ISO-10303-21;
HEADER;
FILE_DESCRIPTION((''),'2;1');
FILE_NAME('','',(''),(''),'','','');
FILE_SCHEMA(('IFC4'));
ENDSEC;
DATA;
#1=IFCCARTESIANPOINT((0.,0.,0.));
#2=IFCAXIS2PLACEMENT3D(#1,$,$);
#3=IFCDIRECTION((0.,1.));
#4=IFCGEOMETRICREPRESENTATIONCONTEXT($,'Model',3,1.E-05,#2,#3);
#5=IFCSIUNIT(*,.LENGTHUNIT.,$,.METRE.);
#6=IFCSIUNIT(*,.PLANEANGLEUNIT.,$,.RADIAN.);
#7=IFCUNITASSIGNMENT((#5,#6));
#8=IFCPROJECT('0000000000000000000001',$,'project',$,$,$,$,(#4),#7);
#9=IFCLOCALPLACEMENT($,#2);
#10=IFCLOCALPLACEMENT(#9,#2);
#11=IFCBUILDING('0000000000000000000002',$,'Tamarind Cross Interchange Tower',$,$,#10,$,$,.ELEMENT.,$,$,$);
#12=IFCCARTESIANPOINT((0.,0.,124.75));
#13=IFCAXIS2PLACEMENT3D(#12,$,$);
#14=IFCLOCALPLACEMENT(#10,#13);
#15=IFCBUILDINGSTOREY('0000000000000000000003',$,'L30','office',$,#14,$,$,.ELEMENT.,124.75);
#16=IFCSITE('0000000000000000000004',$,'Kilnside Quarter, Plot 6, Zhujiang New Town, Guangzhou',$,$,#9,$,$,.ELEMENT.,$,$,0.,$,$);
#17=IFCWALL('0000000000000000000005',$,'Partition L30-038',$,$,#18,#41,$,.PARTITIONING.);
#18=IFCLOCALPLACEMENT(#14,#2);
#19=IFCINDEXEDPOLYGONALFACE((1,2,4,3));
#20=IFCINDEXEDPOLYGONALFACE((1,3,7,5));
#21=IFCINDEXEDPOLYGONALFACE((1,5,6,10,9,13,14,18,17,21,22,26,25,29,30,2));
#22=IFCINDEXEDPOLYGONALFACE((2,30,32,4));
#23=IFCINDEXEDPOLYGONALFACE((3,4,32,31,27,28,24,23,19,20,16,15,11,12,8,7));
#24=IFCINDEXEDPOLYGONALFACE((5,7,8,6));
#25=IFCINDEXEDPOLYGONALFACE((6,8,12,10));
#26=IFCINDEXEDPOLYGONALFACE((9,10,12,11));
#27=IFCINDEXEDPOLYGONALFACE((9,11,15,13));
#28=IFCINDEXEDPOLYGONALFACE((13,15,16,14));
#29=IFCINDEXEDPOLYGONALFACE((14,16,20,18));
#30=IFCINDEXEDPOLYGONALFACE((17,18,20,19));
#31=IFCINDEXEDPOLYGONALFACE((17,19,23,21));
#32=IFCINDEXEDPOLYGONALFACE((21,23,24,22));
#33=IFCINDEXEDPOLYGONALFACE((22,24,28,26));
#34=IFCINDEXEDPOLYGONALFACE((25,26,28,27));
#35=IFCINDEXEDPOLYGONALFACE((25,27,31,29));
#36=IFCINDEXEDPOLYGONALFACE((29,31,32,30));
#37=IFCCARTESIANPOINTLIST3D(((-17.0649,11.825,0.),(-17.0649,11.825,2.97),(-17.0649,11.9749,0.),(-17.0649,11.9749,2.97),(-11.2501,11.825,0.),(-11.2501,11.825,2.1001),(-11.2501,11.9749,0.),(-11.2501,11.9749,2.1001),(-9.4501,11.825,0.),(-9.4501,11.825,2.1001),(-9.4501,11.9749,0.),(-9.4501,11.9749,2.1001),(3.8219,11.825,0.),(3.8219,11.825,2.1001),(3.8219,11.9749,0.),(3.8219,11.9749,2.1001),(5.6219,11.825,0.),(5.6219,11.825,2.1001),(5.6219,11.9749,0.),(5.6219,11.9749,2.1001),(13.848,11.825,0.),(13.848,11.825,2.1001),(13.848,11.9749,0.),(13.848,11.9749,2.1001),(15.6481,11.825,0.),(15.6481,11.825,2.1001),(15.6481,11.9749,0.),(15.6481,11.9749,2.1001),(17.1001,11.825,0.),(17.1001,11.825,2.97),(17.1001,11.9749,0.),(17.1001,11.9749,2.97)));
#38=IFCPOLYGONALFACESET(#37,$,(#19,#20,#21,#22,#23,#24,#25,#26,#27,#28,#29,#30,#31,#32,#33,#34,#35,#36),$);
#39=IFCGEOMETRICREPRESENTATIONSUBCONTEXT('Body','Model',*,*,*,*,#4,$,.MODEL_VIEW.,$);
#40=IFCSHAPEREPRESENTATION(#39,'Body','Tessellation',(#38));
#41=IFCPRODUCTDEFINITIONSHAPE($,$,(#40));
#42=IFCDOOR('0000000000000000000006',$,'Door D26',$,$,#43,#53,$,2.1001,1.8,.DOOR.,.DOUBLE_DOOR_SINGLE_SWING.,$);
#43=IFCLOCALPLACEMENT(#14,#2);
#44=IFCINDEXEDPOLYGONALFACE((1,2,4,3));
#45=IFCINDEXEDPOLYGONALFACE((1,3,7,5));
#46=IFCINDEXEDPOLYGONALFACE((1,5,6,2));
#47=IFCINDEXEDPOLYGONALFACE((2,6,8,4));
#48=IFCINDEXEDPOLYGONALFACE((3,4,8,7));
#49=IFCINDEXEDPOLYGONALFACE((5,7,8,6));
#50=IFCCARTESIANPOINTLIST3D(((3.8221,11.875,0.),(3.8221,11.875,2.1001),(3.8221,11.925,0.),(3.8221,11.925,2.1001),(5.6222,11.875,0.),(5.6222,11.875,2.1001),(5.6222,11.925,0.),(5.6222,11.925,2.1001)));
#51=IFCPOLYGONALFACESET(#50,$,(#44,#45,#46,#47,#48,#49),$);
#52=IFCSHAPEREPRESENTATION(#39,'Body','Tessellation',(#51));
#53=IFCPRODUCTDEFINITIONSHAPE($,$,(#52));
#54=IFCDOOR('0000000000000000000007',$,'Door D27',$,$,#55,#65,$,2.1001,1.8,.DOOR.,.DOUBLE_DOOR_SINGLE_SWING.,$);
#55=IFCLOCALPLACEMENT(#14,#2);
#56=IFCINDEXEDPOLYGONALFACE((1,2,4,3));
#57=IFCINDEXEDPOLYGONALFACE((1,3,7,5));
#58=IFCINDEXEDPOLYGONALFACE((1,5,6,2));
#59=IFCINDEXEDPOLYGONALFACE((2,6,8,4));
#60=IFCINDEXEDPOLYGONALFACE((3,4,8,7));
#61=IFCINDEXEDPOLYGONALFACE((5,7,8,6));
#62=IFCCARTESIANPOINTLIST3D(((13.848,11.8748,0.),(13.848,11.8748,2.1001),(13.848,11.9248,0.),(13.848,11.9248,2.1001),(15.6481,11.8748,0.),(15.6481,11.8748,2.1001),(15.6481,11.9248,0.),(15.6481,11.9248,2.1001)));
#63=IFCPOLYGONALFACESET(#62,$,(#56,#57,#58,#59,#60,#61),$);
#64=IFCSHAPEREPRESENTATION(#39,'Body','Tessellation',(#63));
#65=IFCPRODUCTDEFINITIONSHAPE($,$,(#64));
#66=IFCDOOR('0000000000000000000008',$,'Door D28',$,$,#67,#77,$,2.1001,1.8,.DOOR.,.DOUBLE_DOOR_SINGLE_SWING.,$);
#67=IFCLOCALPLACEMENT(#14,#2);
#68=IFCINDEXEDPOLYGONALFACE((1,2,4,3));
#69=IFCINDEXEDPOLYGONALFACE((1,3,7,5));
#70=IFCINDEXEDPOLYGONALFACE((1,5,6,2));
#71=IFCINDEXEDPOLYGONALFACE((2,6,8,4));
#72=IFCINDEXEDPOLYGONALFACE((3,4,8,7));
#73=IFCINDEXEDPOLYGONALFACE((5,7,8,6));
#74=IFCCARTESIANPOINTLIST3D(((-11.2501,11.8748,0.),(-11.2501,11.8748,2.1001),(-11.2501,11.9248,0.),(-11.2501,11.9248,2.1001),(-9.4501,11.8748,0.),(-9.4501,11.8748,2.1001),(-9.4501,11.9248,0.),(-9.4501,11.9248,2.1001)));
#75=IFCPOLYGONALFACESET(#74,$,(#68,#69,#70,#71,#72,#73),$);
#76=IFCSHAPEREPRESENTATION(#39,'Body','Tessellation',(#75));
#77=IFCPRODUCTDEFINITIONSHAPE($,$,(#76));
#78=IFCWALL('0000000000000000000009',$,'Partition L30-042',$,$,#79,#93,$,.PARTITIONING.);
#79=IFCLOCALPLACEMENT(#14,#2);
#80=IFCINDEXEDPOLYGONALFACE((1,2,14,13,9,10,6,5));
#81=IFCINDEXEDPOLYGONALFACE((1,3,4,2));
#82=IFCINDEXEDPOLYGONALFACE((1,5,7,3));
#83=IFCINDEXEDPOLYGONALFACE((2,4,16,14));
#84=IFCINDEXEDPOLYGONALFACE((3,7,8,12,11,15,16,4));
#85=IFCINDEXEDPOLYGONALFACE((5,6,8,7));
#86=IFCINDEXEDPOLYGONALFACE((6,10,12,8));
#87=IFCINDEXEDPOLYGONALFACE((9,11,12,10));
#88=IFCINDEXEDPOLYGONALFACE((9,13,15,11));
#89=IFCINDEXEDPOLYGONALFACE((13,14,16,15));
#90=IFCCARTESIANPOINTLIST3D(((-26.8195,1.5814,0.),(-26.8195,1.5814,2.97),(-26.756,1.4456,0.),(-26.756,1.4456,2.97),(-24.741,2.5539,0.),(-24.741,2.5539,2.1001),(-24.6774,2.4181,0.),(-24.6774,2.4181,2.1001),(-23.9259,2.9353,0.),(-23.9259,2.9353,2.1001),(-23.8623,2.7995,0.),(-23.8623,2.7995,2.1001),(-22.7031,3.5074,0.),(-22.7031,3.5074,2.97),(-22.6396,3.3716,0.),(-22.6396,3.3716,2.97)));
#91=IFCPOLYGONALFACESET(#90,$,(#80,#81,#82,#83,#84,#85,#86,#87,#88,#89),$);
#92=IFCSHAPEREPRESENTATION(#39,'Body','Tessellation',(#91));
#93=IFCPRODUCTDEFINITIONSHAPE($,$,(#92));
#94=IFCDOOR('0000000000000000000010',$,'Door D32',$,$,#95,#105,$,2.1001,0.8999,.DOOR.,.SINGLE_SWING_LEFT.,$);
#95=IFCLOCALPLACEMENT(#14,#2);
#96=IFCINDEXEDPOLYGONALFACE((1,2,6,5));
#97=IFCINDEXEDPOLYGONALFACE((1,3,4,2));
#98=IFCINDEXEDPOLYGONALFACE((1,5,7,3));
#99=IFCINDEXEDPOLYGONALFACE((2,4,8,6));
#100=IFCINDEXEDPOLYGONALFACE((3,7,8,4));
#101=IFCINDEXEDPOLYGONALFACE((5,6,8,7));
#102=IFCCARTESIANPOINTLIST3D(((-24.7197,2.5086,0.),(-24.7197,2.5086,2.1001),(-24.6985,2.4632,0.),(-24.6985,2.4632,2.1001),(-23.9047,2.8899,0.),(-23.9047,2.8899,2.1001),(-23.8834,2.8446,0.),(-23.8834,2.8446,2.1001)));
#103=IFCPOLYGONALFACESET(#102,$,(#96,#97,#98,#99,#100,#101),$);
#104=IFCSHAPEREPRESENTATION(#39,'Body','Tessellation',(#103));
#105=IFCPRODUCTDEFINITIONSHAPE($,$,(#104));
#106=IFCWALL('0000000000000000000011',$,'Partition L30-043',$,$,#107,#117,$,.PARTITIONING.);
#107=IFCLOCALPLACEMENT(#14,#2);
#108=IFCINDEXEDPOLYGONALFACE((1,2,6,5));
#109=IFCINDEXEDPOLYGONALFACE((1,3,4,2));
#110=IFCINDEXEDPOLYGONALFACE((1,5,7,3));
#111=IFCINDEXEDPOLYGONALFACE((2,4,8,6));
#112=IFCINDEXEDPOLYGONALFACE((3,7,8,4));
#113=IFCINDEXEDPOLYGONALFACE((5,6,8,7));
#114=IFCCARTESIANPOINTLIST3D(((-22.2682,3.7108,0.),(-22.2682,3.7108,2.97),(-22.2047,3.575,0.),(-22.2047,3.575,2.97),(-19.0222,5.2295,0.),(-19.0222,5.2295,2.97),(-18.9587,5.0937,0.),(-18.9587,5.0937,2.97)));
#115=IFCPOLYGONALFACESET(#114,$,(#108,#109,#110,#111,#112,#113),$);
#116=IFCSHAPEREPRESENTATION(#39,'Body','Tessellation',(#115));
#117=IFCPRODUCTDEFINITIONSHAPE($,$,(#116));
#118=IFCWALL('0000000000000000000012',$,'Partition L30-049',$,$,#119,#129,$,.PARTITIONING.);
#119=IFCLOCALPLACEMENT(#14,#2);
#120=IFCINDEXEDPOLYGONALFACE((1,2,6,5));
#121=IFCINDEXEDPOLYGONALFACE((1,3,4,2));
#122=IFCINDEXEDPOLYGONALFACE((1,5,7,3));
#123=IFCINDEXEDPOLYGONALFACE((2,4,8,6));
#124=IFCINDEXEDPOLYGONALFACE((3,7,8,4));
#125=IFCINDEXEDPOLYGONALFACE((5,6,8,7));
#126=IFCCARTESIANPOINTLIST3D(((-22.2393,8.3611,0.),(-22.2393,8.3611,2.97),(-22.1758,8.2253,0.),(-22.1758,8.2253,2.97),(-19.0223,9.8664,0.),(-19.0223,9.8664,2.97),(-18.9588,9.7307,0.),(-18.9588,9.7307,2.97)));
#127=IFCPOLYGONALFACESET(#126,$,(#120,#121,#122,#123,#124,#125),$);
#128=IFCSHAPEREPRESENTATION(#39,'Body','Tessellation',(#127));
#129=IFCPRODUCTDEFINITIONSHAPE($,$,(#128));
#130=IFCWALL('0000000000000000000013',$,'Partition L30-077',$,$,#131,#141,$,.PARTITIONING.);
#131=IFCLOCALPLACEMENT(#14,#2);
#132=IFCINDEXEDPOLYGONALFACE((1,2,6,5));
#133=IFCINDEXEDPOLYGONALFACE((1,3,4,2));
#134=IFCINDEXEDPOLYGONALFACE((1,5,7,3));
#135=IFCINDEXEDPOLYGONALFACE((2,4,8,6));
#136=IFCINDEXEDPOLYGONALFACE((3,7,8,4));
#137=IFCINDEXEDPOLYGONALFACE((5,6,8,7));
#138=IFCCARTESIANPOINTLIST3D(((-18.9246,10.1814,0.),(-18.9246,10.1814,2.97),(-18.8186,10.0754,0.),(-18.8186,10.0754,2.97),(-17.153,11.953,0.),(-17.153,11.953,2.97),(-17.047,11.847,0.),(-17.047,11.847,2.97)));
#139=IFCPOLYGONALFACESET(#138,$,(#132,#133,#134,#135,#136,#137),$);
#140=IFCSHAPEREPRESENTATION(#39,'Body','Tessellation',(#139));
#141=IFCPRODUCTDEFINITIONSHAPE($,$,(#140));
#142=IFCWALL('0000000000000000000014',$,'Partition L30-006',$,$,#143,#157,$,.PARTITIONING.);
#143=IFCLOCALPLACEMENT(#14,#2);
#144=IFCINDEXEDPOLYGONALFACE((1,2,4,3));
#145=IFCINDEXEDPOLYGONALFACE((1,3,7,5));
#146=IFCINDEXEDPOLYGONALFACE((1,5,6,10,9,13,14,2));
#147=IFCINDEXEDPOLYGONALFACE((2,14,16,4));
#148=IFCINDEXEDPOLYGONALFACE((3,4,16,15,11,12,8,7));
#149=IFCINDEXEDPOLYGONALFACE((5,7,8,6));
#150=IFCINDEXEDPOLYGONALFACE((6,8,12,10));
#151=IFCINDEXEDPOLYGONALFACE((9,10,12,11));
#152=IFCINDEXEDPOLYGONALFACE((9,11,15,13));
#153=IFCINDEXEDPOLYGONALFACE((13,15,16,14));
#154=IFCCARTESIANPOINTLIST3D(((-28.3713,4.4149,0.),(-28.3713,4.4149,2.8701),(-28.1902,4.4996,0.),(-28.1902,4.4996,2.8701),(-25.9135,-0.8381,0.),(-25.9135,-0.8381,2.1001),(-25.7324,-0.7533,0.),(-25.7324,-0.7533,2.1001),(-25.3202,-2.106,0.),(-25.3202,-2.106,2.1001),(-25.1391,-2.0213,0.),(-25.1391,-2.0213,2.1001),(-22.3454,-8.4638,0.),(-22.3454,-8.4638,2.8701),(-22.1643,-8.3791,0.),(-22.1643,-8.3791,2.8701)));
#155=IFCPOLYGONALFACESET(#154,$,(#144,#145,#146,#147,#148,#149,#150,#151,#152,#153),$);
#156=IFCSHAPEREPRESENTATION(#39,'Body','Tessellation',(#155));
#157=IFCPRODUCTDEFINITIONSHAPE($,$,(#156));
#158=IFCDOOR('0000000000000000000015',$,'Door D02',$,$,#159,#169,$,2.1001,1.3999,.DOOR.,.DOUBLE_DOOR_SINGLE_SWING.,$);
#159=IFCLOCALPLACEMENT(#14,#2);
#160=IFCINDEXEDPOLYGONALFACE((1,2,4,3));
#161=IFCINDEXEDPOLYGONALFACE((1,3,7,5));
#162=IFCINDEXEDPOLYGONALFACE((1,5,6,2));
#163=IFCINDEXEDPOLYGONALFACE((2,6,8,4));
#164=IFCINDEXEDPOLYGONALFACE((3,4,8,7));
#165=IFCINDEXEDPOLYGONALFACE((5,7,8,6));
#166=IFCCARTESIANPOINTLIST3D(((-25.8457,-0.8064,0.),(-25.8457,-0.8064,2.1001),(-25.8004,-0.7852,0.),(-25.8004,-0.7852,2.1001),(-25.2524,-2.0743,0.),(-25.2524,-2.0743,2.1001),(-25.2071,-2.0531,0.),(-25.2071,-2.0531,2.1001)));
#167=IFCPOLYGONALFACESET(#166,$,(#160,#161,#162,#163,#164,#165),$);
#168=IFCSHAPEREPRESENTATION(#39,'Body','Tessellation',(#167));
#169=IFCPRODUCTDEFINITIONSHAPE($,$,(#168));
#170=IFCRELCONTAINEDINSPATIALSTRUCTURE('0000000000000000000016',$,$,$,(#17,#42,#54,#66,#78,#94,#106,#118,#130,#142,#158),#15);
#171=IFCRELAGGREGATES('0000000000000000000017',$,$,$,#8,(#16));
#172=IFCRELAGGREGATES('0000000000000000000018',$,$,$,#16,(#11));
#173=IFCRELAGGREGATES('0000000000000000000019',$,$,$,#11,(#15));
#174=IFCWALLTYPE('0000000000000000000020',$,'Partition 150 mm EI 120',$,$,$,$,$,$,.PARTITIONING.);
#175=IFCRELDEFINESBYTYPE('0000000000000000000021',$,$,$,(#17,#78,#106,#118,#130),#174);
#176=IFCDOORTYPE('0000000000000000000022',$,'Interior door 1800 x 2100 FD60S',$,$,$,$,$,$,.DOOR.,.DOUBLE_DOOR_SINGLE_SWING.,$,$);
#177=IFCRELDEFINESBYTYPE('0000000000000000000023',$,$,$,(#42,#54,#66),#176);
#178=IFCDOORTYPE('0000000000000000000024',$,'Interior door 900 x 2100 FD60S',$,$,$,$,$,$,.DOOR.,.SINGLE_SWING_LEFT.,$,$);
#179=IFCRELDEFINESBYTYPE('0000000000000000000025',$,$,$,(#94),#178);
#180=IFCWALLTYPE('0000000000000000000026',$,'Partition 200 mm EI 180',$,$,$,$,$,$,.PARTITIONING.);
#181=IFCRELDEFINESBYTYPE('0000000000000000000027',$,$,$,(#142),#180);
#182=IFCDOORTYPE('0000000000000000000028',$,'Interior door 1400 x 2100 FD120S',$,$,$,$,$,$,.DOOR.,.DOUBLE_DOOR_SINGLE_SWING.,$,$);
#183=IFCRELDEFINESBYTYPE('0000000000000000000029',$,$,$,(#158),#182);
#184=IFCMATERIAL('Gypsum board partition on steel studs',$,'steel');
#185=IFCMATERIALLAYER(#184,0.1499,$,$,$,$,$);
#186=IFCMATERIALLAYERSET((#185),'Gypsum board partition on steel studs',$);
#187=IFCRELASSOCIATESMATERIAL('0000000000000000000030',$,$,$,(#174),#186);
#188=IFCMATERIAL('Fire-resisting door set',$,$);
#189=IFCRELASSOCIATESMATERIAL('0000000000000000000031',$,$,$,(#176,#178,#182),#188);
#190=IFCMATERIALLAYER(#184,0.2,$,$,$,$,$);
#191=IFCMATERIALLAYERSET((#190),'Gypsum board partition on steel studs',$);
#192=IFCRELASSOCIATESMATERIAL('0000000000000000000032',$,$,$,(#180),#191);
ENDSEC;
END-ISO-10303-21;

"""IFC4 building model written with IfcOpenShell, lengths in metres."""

from ifc_helpers import new_model, si_unit, direction, frame, frame_2d, origin, place, context, subcontext, project, spatial, rectangle, extrude, material, layer, layer_set, type_object, element, fill, save


model = new_model("IFC4")

# Units and contexts
model_context = context("Model", 3, precision=1e-05, world=origin(), true_north=direction((0.0, 1.0)))
body_context = subcontext(model_context, "Body", "Model", "MODEL_VIEW")
ifc_project = project(units=[si_unit("LENGTHUNIT", "METRE"), si_unit("PLANEANGLEUNIT", "RADIAN")], contexts=[model_context])

# Site, building, storey
site_placement = place(None, origin())
site = spatial("IfcSite", under=ifc_project, at=site_placement, Name="Kilnside Quarter, Plot 6, Zhujiang New Town, Guangzhou", CompositionType="ELEMENT", RefElevation=0.0)
building_placement = place(site_placement, origin())
building = spatial("IfcBuilding", under=site, at=building_placement, Name="Tamarind Cross Interchange Tower", CompositionType="ELEMENT")
storey_placement = place(building_placement, frame((0.0, 0.0, 124.75)))
storey = spatial("IfcBuildingStorey", under=building, at=storey_placement, Name="L30", Description="office", CompositionType="ELEMENT", Elevation=124.75)

# Wall, openings, doors
ifc_material_1 = material(Name="Gypsum board partition on steel studs", Category="steel")
ifc_layer_1 = layer(ifc_material_1, 0.1499)
ifc_layer_set_1 = layer_set([ifc_layer_1], Name="Gypsum board partition on steel studs")
wall_type_1 = type_object("IfcWallType", Name="Partition 150 mm EI 120", PredefinedType="PARTITIONING", material=ifc_layer_set_1)
wall_1_placement = place(storey_placement, frame((-17.0649, 11.8999, 0.0), z_axis=(0.0, 0.0, 1.0), x_axis=(1.0, 0.0, 0.0)))
wall_1 = element("IfcWall", 1, at=wall_1_placement, inside=storey, type_object=wall_type_1, Name="Partition L30-038", PredefinedType="PARTITIONING", context=body_context, shape_type="SweptSolid", body=[
    extrude(rectangle(XDim=34.165, YDim=0.1499, at=frame_2d((17.0825, 0.0))), origin(), (0.0, 0.0, 1.0), 2.97),
])
opening_1_placement = place(wall_1_placement, frame((20.887, 0.0, 0.0)))
opening_1 = element("IfcOpeningElement", 2, at=opening_1_placement, cuts=wall_1, PredefinedType="OPENING", context=body_context, shape_type="SweptSolid", body=[
    extrude(rectangle(XDim=1.8, YDim=2.1001, at=frame_2d((0.8999, 1.05))), frame((0.0, 0.085, 0.0), z_axis=(0.0, -1.0, 0.0), x_axis=(1.0, 0.0, 0.0)), (0.0, 0.0, 1.0), 0.1699),
])
opening_2_placement = place(wall_1_placement, frame((30.9131, 0.0, 0.0)))
opening_2 = element("IfcOpeningElement", 3, at=opening_2_placement, cuts=wall_1, PredefinedType="OPENING", context=body_context, shape_type="SweptSolid", body=[
    extrude(rectangle(XDim=1.8, YDim=2.1001, at=frame_2d((0.8999, 1.05))), frame((0.0, 0.085, 0.0), z_axis=(0.0, -1.0, 0.0), x_axis=(1.0, 0.0, 0.0)), (0.0, 0.0, 1.0), 0.1699),
])
opening_3_placement = place(wall_1_placement, frame((5.8149, 0.0, 0.0)))
opening_3 = element("IfcOpeningElement", 4, at=opening_3_placement, cuts=wall_1, PredefinedType="OPENING", context=body_context, shape_type="SweptSolid", body=[
    extrude(rectangle(XDim=1.8, YDim=2.1001, at=frame_2d((0.8999, 1.05))), frame((0.0, 0.085, 0.0), z_axis=(0.0, -1.0, 0.0), x_axis=(1.0, 0.0, 0.0)), (0.0, 0.0, 1.0), 0.1699),
])
ifc_material_2 = material(Name="Fire-resisting door set")
door_type_1 = type_object("IfcDoorType", Name="Interior door 1800 x 2100 FD60S", OperationType="DOUBLE_DOOR_SINGLE_SWING", PredefinedType="DOOR", material=ifc_material_2)
door_1_placement = place(opening_1_placement, frame((1.8, 0.0, 0.0), z_axis=(0.0, 0.0, 1.0), x_axis=(-1.0, 0.0, 0.0)))
door_1 = element("IfcDoor", 5, at=door_1_placement, inside=storey, type_object=door_type_1, Name="Door D26", OperationType="DOUBLE_DOOR_SINGLE_SWING", OverallHeight=2.1001, OverallWidth=1.8, PredefinedType="DOOR", context=body_context, shape_type="SweptSolid", body=[
    extrude(rectangle(XDim=1.8, YDim=2.1001, at=frame_2d((0.8999, 1.05))), frame((0.0, 0.0249, 0.0), z_axis=(0.0, -1.0, 0.0), x_axis=(1.0, 0.0, 0.0)), (0.0, 0.0, 1.0), 0.05),
])
fill(opening_1, door_1)
door_2_placement = place(opening_2_placement, origin())
door_2 = element("IfcDoor", 6, at=door_2_placement, inside=storey, type_object=door_type_1, Name="Door D27", OperationType="DOUBLE_DOOR_SINGLE_SWING", OverallHeight=2.1001, OverallWidth=1.8, PredefinedType="DOOR", context=body_context, shape_type="SweptSolid", body=[
    extrude(rectangle(XDim=1.8, YDim=2.1001, at=frame_2d((0.8999, 1.05))), frame((0.0, 0.0249, 0.0), z_axis=(0.0, -1.0, 0.0), x_axis=(1.0, 0.0, 0.0)), (0.0, 0.0, 1.0), 0.05),
])
fill(opening_2, door_2)
door_3_placement = place(opening_3_placement, origin())
door_3 = element("IfcDoor", 7, at=door_3_placement, inside=storey, type_object=door_type_1, Name="Door D28", OperationType="DOUBLE_DOOR_SINGLE_SWING", OverallHeight=2.1001, OverallWidth=1.8, PredefinedType="DOOR", context=body_context, shape_type="SweptSolid", body=[
    extrude(rectangle(XDim=1.8, YDim=2.1001, at=frame_2d((0.8999, 1.05))), frame((0.0, 0.0249, 0.0), z_axis=(0.0, -1.0, 0.0), x_axis=(1.0, 0.0, 0.0)), (0.0, 0.0, 1.0), 0.05),
])
fill(opening_3, door_3)

# Wall, opening, door
wall_2_placement = place(storey_placement, frame((-26.7878, 1.5134, 0.0), z_axis=(0.0, 0.0, 1.0), x_axis=(0.90576, 0.423791, 0.0)))
wall_2 = element("IfcWall", 8, at=wall_2_placement, inside=storey, type_object=wall_type_1, Name="Partition L30-042", PredefinedType="PARTITIONING", context=body_context, shape_type="SweptSolid", body=[
    extrude(rectangle(XDim=4.5447, YDim=0.1499, at=frame_2d((2.2725, 0.0))), origin(), (0.0, 0.0, 1.0), 2.97),
])
opening_4_placement = place(wall_2_placement, frame((2.2949, 0.0, 0.0)))
opening_4 = element("IfcOpeningElement", 9, at=opening_4_placement, cuts=wall_2, PredefinedType="OPENING", context=body_context, shape_type="SweptSolid", body=[
    extrude(rectangle(XDim=0.8999, YDim=2.1001, at=frame_2d((0.45, 1.05))), frame((0.0, 0.085, 0.0), z_axis=(0.0, -1.0, 0.0), x_axis=(1.0, 0.0, 0.0)), (0.0, 0.0, 1.0), 0.1699),
])
door_type_2 = type_object("IfcDoorType", Name="Interior door 900 x 2100 FD60S", OperationType="SINGLE_SWING_LEFT", PredefinedType="DOOR", material=ifc_material_2)
door_4_placement = place(opening_4_placement, origin())
door_4 = element("IfcDoor", 10, at=door_4_placement, inside=storey, type_object=door_type_2, Name="Door D32", OperationType="SINGLE_SWING_LEFT", OverallHeight=2.1001, OverallWidth=0.8999, PredefinedType="DOOR", context=body_context, shape_type="SweptSolid", body=[
    extrude(rectangle(XDim=0.8999, YDim=2.1001, at=frame_2d((0.45, 1.05))), frame((0.0, 0.0249, 0.0), z_axis=(0.0, -1.0, 0.0), x_axis=(1.0, 0.0, 0.0)), (0.0, 0.0, 1.0), 0.05),
])
fill(opening_4, door_4)

# Walls
wall_3_placement = place(storey_placement, frame((-22.2366, 3.6428, 0.0), z_axis=(0.0, 0.0, 1.0), x_axis=(0.90576, 0.423791, 0.0)))
element("IfcWall", 11, at=wall_3_placement, inside=storey, type_object=wall_type_1, Name="Partition L30-043", PredefinedType="PARTITIONING", context=body_context, shape_type="SweptSolid", body=[
    extrude(rectangle(XDim=3.5837, YDim=0.1499, at=frame_2d((1.792, 0.0))), origin(), (0.0, 0.0, 1.0), 2.97),
])
wall_4_placement = place(storey_placement, frame((-22.2075, 8.2932, 0.0), z_axis=(0.0, 0.0, 1.0), x_axis=(0.905742, 0.42383, 0.0)))
element("IfcWall", 12, at=wall_4_placement, inside=storey, type_object=wall_type_1, Name="Partition L30-049", PredefinedType="PARTITIONING", context=body_context, shape_type="SweptSolid", body=[
    extrude(rectangle(XDim=3.5518, YDim=0.1499, at=frame_2d((1.7759, 0.0))), origin(), (0.0, 0.0, 1.0), 2.97),
])
wall_5_placement = place(storey_placement, frame((-18.8716, 10.1284, 0.0), z_axis=(0.0, 0.0, 1.0), x_axis=(0.707107, 0.707107, 0.0)))
element("IfcWall", 13, at=wall_5_placement, inside=storey, type_object=wall_type_1, Name="Partition L30-077", PredefinedType="PARTITIONING", context=body_context, shape_type="SweptSolid", body=[
    extrude(rectangle(XDim=2.5054, YDim=0.1499, at=frame_2d((1.2527, 0.0))), origin(), (0.0, 0.0, 1.0), 2.97),
])

# Wall, opening, door
ifc_layer_2 = layer(ifc_material_1, 0.2)
ifc_layer_set_2 = layer_set([ifc_layer_2], Name="Gypsum board partition on steel studs")
wall_type_2 = type_object("IfcWallType", Name="Partition 200 mm EI 180", PredefinedType="PARTITIONING", material=ifc_layer_set_2)
wall_6_placement = place(storey_placement, frame((-28.2808, 4.4573, 0.0), z_axis=(0.0, 0.0, 1.0), x_axis=(0.4238, -0.905756, 0.0)))
wall_6 = element("IfcWall", 14, at=wall_6_placement, inside=storey, type_object=wall_type_2, Name="Partition L30-006", PredefinedType="PARTITIONING", context=body_context, shape_type="SweptSolid", body=[
    extrude(rectangle(XDim=14.2188, YDim=0.2, at=frame_2d((7.1094, 0.0))), origin(), (0.0, 0.0, 1.0), 2.8701),
])
opening_5_placement = place(wall_6_placement, frame((5.7996, 0.0, 0.0)))
opening_5 = element("IfcOpeningElement", 15, at=opening_5_placement, cuts=wall_6, PredefinedType="OPENING", context=body_context, shape_type="SweptSolid", body=[
    extrude(rectangle(XDim=1.3999, YDim=2.1001, at=frame_2d((0.7, 1.05))), frame((0.0, 0.1099, 0.0), z_axis=(0.0, -1.0, 0.0), x_axis=(1.0, 0.0, 0.0)), (0.0, 0.0, 1.0), 0.22),
])
door_type_3 = type_object("IfcDoorType", Name="Interior door 1400 x 2100 FD120S", OperationType="DOUBLE_DOOR_SINGLE_SWING", PredefinedType="DOOR", material=ifc_material_2)
door_5_placement = place(opening_5_placement, origin())
door_5 = element("IfcDoor", 16, at=door_5_placement, inside=storey, type_object=door_type_3, Name="Door D02", OperationType="DOUBLE_DOOR_SINGLE_SWING", OverallHeight=2.1001, OverallWidth=1.3999, PredefinedType="DOOR", context=body_context, shape_type="SweptSolid", body=[
    extrude(rectangle(XDim=1.3999, YDim=2.1001, at=frame_2d((0.7, 1.05))), frame((0.0, 0.0249, 0.0), z_axis=(0.0, -1.0, 0.0), x_axis=(1.0, 0.0, 0.0)), (0.0, 0.0, 1.0), 0.05),
])
fill(opening_5, door_5)

save(model, "model.ifc")
